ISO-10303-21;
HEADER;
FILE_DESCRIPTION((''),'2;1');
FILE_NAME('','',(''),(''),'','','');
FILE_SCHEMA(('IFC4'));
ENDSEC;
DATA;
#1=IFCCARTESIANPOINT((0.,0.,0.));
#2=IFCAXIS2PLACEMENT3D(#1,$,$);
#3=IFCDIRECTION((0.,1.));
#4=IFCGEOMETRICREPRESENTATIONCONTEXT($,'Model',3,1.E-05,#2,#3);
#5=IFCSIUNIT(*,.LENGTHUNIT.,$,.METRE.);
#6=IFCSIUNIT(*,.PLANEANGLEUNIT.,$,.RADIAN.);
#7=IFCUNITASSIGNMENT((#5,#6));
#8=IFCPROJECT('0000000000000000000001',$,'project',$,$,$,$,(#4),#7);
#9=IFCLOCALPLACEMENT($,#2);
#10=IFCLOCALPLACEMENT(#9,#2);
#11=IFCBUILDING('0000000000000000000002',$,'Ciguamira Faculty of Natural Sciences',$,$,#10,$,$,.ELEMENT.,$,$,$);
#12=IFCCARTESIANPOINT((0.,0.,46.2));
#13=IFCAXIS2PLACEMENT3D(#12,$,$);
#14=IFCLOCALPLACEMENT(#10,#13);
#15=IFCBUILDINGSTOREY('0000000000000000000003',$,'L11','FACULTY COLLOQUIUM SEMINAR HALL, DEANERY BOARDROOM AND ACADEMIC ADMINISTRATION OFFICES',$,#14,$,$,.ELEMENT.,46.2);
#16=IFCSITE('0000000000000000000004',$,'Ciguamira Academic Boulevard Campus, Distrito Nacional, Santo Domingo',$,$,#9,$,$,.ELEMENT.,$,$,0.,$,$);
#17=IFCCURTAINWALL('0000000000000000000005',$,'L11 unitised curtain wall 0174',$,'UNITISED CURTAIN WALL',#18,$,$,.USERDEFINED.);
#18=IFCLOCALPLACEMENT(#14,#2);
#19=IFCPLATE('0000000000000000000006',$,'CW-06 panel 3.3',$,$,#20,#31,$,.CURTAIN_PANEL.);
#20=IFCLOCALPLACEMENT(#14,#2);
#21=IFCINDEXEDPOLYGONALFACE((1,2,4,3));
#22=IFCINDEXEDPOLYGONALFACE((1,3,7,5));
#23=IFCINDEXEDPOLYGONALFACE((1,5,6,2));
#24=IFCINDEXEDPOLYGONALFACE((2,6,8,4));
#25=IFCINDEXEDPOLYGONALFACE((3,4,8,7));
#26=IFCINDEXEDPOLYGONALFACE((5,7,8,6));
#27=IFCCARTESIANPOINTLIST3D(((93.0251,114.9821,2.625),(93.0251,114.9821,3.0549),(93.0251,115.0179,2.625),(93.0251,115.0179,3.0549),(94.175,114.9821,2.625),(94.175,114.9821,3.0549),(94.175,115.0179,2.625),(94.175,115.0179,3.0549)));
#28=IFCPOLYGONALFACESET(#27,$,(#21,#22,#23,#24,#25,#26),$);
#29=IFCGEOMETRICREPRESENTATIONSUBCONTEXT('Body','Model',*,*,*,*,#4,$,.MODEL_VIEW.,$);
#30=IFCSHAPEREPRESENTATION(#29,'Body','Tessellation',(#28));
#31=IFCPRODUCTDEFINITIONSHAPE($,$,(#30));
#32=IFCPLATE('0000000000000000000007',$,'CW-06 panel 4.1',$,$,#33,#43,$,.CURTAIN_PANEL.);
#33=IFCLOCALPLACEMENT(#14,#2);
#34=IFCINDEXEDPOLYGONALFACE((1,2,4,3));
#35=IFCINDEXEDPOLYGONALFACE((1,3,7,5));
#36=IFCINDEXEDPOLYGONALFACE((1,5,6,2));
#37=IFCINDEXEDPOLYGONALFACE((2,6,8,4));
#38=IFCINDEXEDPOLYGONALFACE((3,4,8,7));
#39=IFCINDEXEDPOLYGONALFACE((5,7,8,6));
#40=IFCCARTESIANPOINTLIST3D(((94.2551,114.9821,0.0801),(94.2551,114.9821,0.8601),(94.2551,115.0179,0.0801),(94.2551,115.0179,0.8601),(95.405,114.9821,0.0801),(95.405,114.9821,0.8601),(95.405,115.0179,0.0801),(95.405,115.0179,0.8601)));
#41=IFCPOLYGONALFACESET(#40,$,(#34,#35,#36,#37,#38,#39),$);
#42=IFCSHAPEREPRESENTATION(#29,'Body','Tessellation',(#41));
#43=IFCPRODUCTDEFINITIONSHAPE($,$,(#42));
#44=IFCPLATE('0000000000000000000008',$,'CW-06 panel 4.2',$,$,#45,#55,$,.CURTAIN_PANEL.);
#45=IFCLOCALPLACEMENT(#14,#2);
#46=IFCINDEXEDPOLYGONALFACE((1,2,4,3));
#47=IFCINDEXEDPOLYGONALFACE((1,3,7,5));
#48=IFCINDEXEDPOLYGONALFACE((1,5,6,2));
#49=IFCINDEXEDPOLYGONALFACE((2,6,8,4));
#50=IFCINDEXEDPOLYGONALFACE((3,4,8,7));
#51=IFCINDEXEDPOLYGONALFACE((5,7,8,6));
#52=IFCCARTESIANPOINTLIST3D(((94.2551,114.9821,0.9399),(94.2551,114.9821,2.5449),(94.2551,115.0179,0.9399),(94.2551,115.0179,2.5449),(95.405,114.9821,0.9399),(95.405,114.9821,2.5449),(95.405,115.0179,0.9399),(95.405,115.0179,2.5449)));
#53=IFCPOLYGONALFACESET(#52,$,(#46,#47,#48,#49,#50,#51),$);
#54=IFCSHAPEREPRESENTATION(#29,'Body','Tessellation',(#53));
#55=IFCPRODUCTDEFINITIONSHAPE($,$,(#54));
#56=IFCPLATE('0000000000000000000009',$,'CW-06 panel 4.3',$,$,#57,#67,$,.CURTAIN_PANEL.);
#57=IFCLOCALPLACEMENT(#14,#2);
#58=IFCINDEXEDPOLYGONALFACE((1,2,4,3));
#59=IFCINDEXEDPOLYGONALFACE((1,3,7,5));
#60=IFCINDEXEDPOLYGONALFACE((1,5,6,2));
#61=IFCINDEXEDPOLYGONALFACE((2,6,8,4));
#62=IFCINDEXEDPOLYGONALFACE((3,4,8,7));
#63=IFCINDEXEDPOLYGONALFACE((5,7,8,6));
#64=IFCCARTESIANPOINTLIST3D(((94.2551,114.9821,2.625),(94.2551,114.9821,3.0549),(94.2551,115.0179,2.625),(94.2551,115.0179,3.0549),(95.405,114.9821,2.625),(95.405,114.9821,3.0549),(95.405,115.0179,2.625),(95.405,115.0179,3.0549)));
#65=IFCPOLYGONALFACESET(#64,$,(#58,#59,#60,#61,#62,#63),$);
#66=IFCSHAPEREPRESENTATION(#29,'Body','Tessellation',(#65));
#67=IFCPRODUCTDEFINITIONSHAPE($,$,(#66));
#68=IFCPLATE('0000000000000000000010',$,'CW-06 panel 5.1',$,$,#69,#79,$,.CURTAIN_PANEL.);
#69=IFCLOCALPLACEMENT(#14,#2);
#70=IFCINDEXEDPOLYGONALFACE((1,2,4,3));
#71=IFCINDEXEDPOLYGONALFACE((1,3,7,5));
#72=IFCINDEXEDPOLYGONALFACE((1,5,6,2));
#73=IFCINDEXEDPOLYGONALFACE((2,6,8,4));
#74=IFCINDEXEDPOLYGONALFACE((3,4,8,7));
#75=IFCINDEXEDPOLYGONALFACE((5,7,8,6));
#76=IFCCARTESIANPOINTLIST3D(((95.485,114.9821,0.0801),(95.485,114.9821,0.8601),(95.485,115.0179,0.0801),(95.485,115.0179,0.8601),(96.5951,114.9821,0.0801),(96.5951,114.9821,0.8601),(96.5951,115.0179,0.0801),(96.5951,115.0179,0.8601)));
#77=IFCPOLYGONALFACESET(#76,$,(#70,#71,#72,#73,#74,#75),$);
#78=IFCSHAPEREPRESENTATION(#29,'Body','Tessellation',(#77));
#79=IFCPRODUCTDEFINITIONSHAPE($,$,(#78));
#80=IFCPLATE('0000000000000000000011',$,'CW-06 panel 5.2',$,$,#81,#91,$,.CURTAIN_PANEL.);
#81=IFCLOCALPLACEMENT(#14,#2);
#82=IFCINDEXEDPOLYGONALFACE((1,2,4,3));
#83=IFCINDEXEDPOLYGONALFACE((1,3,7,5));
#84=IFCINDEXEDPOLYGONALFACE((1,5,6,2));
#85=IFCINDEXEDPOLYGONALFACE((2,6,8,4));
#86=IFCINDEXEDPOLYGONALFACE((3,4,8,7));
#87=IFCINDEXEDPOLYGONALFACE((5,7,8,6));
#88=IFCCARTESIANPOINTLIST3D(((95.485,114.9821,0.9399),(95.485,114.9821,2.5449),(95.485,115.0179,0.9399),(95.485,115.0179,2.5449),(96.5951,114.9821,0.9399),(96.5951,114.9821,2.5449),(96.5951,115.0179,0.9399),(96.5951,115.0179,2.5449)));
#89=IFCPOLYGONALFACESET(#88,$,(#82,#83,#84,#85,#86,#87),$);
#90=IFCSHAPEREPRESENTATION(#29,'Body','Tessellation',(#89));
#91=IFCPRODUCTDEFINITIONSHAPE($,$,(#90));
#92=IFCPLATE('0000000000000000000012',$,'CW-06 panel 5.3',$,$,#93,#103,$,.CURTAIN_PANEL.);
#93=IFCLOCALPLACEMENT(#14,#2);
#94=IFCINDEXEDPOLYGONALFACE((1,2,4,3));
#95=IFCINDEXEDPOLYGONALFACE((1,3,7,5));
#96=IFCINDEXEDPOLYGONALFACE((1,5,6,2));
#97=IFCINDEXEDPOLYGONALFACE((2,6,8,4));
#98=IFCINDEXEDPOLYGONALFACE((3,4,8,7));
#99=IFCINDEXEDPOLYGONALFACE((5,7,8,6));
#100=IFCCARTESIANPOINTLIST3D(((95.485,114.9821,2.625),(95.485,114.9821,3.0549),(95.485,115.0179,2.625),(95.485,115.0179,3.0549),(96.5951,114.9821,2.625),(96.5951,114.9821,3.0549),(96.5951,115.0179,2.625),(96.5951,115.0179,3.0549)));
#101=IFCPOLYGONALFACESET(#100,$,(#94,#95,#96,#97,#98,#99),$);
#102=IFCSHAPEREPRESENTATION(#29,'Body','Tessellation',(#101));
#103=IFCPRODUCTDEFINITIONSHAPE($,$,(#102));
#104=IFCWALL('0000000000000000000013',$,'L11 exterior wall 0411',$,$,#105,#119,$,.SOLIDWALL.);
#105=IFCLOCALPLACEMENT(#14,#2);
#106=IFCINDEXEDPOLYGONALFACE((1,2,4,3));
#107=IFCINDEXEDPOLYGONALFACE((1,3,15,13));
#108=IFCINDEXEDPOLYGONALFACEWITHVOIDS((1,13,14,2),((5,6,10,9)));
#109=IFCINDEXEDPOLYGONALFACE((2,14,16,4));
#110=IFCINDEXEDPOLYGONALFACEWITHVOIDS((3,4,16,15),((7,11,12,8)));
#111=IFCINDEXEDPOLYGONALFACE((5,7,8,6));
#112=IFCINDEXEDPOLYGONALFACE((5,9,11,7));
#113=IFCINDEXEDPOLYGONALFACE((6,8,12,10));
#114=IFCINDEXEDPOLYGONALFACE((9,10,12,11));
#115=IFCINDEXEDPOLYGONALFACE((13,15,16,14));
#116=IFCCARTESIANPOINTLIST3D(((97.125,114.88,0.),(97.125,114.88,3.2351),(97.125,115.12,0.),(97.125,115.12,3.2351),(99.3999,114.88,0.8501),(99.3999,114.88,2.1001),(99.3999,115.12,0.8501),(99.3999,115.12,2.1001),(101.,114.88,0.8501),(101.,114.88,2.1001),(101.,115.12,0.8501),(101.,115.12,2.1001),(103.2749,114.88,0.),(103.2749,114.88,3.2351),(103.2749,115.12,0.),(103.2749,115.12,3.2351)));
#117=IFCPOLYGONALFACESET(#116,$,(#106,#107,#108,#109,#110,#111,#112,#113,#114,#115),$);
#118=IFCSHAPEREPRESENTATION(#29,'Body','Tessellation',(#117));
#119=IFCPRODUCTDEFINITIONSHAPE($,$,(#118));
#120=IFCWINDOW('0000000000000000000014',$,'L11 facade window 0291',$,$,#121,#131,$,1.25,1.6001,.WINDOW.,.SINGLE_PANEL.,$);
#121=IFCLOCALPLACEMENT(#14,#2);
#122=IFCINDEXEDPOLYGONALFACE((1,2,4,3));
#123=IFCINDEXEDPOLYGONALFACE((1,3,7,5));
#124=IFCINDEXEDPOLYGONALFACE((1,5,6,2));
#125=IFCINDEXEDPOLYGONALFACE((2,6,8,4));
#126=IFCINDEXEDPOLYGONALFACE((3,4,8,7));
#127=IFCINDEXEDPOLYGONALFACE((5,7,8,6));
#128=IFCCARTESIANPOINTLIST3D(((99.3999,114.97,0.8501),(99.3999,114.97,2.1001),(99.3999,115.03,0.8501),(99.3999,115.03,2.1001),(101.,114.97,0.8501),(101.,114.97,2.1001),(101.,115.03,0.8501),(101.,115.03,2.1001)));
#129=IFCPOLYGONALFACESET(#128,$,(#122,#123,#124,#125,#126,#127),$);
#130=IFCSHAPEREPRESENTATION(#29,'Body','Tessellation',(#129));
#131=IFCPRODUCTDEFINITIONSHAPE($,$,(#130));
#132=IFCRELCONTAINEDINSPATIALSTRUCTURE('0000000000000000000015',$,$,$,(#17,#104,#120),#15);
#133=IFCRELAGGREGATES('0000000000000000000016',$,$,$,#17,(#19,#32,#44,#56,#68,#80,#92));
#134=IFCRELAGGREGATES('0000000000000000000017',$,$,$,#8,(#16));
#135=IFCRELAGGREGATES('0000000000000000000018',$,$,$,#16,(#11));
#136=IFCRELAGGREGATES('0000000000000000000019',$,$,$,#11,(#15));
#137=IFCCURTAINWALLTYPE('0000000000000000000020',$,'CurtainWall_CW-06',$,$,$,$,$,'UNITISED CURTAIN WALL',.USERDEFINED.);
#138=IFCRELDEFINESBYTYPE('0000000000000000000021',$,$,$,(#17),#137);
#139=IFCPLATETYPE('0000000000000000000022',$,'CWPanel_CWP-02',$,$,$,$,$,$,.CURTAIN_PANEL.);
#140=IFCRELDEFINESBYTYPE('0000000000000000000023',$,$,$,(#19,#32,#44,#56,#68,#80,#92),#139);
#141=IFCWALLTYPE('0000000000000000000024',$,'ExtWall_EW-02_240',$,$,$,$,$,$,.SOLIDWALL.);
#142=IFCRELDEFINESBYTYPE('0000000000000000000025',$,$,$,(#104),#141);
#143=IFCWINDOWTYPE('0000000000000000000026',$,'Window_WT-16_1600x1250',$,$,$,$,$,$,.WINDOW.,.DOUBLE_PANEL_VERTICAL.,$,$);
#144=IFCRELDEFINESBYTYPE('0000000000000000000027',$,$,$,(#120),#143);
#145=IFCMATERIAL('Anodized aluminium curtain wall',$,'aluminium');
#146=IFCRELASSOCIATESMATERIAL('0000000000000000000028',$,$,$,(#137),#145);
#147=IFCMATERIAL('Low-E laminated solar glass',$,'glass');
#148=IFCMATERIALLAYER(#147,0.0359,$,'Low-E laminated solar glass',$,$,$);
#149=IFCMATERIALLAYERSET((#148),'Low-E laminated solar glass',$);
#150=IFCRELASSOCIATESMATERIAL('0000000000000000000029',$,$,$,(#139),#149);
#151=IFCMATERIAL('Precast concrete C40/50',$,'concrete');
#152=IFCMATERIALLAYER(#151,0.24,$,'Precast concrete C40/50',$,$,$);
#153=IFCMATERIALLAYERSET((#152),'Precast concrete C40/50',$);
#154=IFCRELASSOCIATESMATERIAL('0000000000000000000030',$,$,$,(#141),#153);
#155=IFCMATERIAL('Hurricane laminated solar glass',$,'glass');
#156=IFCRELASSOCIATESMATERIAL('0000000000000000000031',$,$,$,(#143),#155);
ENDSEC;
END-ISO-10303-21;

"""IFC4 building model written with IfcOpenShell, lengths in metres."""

from ifc_helpers import new_model, si_unit, direction, frame, frame_2d, origin, origin_2d, place, context, subcontext, project, spatial, rectangle, extrude, material, layer, layer_set, type_object, element, fill, aggregate, save


model = new_model("IFC4")

# Units and contexts
model_context = context("Model", 3, precision=1e-05, world=origin(), true_north=direction((0.0, 1.0)))
body_context = subcontext(model_context, "Body", "Model", "MODEL_VIEW")
ifc_project = project(units=[si_unit("LENGTHUNIT", "METRE"), si_unit("PLANEANGLEUNIT", "RADIAN")], contexts=[model_context])

# Site, building, storey
site_placement = place(None, origin())
site = spatial("IfcSite", under=ifc_project, at=site_placement, Name="Ciguamira Academic Boulevard Campus, Distrito Nacional, Santo Domingo", CompositionType="ELEMENT", RefElevation=0.0)
building_placement = place(site_placement, origin())
building = spatial("IfcBuilding", under=site, at=building_placement, Name="Ciguamira Faculty of Natural Sciences", CompositionType="ELEMENT")
storey_placement = place(building_placement, frame((0.0, 0.0, 46.2)))
storey = spatial("IfcBuildingStorey", under=building, at=storey_placement, Name="L11", Description="FACULTY COLLOQUIUM SEMINAR HALL, DEANERY BOARDROOM AND ACADEMIC ADMINISTRATION OFFICES", CompositionType="ELEMENT", Elevation=46.2)

# Curtain wall
ifc_material_1 = material(Name="Anodized aluminium curtain wall", Category="aluminium")
curtain_wall_type = type_object("IfcCurtainWallType", Name="CurtainWall_CW-06", ElementType="UNITISED CURTAIN WALL", PredefinedType="USERDEFINED", material=ifc_material_1)
curtain_wall_placement = place(storey_placement, origin())
curtain_wall = element("IfcCurtainWall", 1, at=curtain_wall_placement, inside=storey, type_object=curtain_wall_type, Name="L11 unitised curtain wall 0174", ObjectType="UNITISED CURTAIN WALL", PredefinedType="USERDEFINED")

# Plates
ifc_material_2 = material(Name="Low-E laminated solar glass", Category="glass")
ifc_layer_1 = layer(ifc_material_2, 0.0359, Name="Low-E laminated solar glass")
ifc_layer_set_1 = layer_set([ifc_layer_1], Name="Low-E laminated solar glass")
plate_type = type_object("IfcPlateType", Name="CWPanel_CWP-02", PredefinedType="CURTAIN_PANEL", material=ifc_layer_set_1)
plate_1_placement = place(storey_placement, frame((93.6001, 115.0, 2.625), z_axis=(0.0, 0.0, 1.0), x_axis=(1.0, 0.0, 0.0)))
plate_1 = element("IfcPlate", 2, at=plate_1_placement, type_object=plate_type, Name="CW-06 panel 3.3", PredefinedType="CURTAIN_PANEL", context=body_context, shape_type="SweptSolid", body=[
    extrude(rectangle(XDim=1.1499, YDim=0.0359, at=origin_2d()), origin(), (0.0, 0.0, 1.0), 0.4299),
])
plate_2_placement = place(storey_placement, frame((94.8301, 115.0, 0.0801), z_axis=(0.0, 0.0, 1.0), x_axis=(1.0, 0.0, 0.0)))
plate_2 = element("IfcPlate", 3, at=plate_2_placement, type_object=plate_type, Name="CW-06 panel 4.1", PredefinedType="CURTAIN_PANEL", context=body_context, shape_type="SweptSolid", body=[
    extrude(rectangle(XDim=1.1499, YDim=0.0359, at=origin_2d()), origin(), (0.0, 0.0, 1.0), 0.78),
])
plate_3_placement = place(storey_placement, frame((94.8301, 115.0, 0.9399), z_axis=(0.0, 0.0, 1.0), x_axis=(1.0, 0.0, 0.0)))
plate_3 = element("IfcPlate", 4, at=plate_3_placement, type_object=plate_type, Name="CW-06 panel 4.2", PredefinedType="CURTAIN_PANEL", context=body_context, shape_type="SweptSolid", body=[
    extrude(rectangle(XDim=1.1499, YDim=0.0359, at=origin_2d()), origin(), (0.0, 0.0, 1.0), 1.605),
])
plate_4_placement = place(storey_placement, frame((94.8301, 115.0, 2.625), z_axis=(0.0, 0.0, 1.0), x_axis=(1.0, 0.0, 0.0)))
plate_4 = element("IfcPlate", 5, at=plate_4_placement, type_object=plate_type, Name="CW-06 panel 4.3", PredefinedType="CURTAIN_PANEL", context=body_context, shape_type="SweptSolid", body=[
    extrude(rectangle(XDim=1.1499, YDim=0.0359, at=origin_2d()), origin(), (0.0, 0.0, 1.0), 0.4299),
])
plate_5_placement = place(storey_placement, frame((96.04, 115.0, 0.0801), z_axis=(0.0, 0.0, 1.0), x_axis=(1.0, 0.0, 0.0)))
plate_5 = element("IfcPlate", 6, at=plate_5_placement, type_object=plate_type, Name="CW-06 panel 5.1", PredefinedType="CURTAIN_PANEL", context=body_context, shape_type="SweptSolid", body=[
    extrude(rectangle(XDim=1.1101, YDim=0.0359, at=origin_2d()), origin(), (0.0, 0.0, 1.0), 0.78),
])
plate_6_placement = place(storey_placement, frame((96.04, 115.0, 0.9399), z_axis=(0.0, 0.0, 1.0), x_axis=(1.0, 0.0, 0.0)))
plate_6 = element("IfcPlate", 7, at=plate_6_placement, type_object=plate_type, Name="CW-06 panel 5.2", PredefinedType="CURTAIN_PANEL", context=body_context, shape_type="SweptSolid", body=[
    extrude(rectangle(XDim=1.1101, YDim=0.0359, at=origin_2d()), origin(), (0.0, 0.0, 1.0), 1.605),
])
plate_7_placement = place(storey_placement, frame((96.04, 115.0, 2.625), z_axis=(0.0, 0.0, 1.0), x_axis=(1.0, 0.0, 0.0)))
plate_7 = element("IfcPlate", 8, at=plate_7_placement, type_object=plate_type, Name="CW-06 panel 5.3", PredefinedType="CURTAIN_PANEL", context=body_context, shape_type="SweptSolid", body=[
    extrude(rectangle(XDim=1.1101, YDim=0.0359, at=origin_2d()), origin(), (0.0, 0.0, 1.0), 0.4299),
])
aggregate(curtain_wall, [plate_1, plate_2, plate_3, plate_4, plate_5, plate_6, plate_7])

# Wall, opening, window
ifc_material_3 = material(Name="Precast concrete C40/50", Category="concrete")
ifc_layer_2 = layer(ifc_material_3, 0.24, Name="Precast concrete C40/50")
ifc_layer_set_2 = layer_set([ifc_layer_2], Name="Precast concrete C40/50")
wall_type = type_object("IfcWallType", Name="ExtWall_EW-02_240", PredefinedType="SOLIDWALL", material=ifc_layer_set_2)
wall_placement = place(storey_placement, frame((97.125, 115.0, 0.0), z_axis=(0.0, 0.0, 1.0), x_axis=(1.0, 0.0, 0.0)))
wall = element("IfcWall", 9, at=wall_placement, inside=storey, type_object=wall_type, Name="L11 exterior wall 0411", PredefinedType="SOLIDWALL", context=body_context, shape_type="SweptSolid", body=[
    extrude(rectangle(XDim=6.1499, YDim=0.24, at=frame_2d((3.075, 0.0))), origin(), (0.0, 0.0, 1.0), 3.2351),
])
opening_placement = place(wall_placement, frame((2.2749, 0.0, 0.8501)))
opening = element("IfcOpeningElement", 10, at=opening_placement, cuts=wall, PredefinedType="OPENING", context=body_context, shape_type="SweptSolid", body=[
    extrude(rectangle(XDim=1.6001, YDim=1.25, at=frame_2d((0.8, 0.625))), frame((0.0, 0.1299, 0.0), z_axis=(0.0, -1.0, 0.0), x_axis=(1.0, 0.0, 0.0)), (0.0, 0.0, 1.0), 0.26),
])
ifc_material_4 = material(Name="Hurricane laminated solar glass", Category="glass")
window_type = type_object("IfcWindowType", Name="Window_WT-16_1600x1250", PartitioningType="DOUBLE_PANEL_VERTICAL", PredefinedType="WINDOW", material=ifc_material_4)
window_placement = place(opening_placement, origin())
window = element("IfcWindow", 11, at=window_placement, inside=storey, type_object=window_type, Name="L11 facade window 0291", OverallHeight=1.25, OverallWidth=1.6001, PartitioningType="SINGLE_PANEL", PredefinedType="WINDOW", context=body_context, shape_type="SweptSolid", body=[
    extrude(rectangle(XDim=1.6001, YDim=1.25, at=frame_2d((0.8, 0.625))), frame((0.0, 0.03, 0.0), z_axis=(0.0, -1.0, 0.0), x_axis=(1.0, 0.0, 0.0)), (0.0, 0.0, 1.0), 0.0601),
])
fill(opening, window)

save(model, "model.ifc")
